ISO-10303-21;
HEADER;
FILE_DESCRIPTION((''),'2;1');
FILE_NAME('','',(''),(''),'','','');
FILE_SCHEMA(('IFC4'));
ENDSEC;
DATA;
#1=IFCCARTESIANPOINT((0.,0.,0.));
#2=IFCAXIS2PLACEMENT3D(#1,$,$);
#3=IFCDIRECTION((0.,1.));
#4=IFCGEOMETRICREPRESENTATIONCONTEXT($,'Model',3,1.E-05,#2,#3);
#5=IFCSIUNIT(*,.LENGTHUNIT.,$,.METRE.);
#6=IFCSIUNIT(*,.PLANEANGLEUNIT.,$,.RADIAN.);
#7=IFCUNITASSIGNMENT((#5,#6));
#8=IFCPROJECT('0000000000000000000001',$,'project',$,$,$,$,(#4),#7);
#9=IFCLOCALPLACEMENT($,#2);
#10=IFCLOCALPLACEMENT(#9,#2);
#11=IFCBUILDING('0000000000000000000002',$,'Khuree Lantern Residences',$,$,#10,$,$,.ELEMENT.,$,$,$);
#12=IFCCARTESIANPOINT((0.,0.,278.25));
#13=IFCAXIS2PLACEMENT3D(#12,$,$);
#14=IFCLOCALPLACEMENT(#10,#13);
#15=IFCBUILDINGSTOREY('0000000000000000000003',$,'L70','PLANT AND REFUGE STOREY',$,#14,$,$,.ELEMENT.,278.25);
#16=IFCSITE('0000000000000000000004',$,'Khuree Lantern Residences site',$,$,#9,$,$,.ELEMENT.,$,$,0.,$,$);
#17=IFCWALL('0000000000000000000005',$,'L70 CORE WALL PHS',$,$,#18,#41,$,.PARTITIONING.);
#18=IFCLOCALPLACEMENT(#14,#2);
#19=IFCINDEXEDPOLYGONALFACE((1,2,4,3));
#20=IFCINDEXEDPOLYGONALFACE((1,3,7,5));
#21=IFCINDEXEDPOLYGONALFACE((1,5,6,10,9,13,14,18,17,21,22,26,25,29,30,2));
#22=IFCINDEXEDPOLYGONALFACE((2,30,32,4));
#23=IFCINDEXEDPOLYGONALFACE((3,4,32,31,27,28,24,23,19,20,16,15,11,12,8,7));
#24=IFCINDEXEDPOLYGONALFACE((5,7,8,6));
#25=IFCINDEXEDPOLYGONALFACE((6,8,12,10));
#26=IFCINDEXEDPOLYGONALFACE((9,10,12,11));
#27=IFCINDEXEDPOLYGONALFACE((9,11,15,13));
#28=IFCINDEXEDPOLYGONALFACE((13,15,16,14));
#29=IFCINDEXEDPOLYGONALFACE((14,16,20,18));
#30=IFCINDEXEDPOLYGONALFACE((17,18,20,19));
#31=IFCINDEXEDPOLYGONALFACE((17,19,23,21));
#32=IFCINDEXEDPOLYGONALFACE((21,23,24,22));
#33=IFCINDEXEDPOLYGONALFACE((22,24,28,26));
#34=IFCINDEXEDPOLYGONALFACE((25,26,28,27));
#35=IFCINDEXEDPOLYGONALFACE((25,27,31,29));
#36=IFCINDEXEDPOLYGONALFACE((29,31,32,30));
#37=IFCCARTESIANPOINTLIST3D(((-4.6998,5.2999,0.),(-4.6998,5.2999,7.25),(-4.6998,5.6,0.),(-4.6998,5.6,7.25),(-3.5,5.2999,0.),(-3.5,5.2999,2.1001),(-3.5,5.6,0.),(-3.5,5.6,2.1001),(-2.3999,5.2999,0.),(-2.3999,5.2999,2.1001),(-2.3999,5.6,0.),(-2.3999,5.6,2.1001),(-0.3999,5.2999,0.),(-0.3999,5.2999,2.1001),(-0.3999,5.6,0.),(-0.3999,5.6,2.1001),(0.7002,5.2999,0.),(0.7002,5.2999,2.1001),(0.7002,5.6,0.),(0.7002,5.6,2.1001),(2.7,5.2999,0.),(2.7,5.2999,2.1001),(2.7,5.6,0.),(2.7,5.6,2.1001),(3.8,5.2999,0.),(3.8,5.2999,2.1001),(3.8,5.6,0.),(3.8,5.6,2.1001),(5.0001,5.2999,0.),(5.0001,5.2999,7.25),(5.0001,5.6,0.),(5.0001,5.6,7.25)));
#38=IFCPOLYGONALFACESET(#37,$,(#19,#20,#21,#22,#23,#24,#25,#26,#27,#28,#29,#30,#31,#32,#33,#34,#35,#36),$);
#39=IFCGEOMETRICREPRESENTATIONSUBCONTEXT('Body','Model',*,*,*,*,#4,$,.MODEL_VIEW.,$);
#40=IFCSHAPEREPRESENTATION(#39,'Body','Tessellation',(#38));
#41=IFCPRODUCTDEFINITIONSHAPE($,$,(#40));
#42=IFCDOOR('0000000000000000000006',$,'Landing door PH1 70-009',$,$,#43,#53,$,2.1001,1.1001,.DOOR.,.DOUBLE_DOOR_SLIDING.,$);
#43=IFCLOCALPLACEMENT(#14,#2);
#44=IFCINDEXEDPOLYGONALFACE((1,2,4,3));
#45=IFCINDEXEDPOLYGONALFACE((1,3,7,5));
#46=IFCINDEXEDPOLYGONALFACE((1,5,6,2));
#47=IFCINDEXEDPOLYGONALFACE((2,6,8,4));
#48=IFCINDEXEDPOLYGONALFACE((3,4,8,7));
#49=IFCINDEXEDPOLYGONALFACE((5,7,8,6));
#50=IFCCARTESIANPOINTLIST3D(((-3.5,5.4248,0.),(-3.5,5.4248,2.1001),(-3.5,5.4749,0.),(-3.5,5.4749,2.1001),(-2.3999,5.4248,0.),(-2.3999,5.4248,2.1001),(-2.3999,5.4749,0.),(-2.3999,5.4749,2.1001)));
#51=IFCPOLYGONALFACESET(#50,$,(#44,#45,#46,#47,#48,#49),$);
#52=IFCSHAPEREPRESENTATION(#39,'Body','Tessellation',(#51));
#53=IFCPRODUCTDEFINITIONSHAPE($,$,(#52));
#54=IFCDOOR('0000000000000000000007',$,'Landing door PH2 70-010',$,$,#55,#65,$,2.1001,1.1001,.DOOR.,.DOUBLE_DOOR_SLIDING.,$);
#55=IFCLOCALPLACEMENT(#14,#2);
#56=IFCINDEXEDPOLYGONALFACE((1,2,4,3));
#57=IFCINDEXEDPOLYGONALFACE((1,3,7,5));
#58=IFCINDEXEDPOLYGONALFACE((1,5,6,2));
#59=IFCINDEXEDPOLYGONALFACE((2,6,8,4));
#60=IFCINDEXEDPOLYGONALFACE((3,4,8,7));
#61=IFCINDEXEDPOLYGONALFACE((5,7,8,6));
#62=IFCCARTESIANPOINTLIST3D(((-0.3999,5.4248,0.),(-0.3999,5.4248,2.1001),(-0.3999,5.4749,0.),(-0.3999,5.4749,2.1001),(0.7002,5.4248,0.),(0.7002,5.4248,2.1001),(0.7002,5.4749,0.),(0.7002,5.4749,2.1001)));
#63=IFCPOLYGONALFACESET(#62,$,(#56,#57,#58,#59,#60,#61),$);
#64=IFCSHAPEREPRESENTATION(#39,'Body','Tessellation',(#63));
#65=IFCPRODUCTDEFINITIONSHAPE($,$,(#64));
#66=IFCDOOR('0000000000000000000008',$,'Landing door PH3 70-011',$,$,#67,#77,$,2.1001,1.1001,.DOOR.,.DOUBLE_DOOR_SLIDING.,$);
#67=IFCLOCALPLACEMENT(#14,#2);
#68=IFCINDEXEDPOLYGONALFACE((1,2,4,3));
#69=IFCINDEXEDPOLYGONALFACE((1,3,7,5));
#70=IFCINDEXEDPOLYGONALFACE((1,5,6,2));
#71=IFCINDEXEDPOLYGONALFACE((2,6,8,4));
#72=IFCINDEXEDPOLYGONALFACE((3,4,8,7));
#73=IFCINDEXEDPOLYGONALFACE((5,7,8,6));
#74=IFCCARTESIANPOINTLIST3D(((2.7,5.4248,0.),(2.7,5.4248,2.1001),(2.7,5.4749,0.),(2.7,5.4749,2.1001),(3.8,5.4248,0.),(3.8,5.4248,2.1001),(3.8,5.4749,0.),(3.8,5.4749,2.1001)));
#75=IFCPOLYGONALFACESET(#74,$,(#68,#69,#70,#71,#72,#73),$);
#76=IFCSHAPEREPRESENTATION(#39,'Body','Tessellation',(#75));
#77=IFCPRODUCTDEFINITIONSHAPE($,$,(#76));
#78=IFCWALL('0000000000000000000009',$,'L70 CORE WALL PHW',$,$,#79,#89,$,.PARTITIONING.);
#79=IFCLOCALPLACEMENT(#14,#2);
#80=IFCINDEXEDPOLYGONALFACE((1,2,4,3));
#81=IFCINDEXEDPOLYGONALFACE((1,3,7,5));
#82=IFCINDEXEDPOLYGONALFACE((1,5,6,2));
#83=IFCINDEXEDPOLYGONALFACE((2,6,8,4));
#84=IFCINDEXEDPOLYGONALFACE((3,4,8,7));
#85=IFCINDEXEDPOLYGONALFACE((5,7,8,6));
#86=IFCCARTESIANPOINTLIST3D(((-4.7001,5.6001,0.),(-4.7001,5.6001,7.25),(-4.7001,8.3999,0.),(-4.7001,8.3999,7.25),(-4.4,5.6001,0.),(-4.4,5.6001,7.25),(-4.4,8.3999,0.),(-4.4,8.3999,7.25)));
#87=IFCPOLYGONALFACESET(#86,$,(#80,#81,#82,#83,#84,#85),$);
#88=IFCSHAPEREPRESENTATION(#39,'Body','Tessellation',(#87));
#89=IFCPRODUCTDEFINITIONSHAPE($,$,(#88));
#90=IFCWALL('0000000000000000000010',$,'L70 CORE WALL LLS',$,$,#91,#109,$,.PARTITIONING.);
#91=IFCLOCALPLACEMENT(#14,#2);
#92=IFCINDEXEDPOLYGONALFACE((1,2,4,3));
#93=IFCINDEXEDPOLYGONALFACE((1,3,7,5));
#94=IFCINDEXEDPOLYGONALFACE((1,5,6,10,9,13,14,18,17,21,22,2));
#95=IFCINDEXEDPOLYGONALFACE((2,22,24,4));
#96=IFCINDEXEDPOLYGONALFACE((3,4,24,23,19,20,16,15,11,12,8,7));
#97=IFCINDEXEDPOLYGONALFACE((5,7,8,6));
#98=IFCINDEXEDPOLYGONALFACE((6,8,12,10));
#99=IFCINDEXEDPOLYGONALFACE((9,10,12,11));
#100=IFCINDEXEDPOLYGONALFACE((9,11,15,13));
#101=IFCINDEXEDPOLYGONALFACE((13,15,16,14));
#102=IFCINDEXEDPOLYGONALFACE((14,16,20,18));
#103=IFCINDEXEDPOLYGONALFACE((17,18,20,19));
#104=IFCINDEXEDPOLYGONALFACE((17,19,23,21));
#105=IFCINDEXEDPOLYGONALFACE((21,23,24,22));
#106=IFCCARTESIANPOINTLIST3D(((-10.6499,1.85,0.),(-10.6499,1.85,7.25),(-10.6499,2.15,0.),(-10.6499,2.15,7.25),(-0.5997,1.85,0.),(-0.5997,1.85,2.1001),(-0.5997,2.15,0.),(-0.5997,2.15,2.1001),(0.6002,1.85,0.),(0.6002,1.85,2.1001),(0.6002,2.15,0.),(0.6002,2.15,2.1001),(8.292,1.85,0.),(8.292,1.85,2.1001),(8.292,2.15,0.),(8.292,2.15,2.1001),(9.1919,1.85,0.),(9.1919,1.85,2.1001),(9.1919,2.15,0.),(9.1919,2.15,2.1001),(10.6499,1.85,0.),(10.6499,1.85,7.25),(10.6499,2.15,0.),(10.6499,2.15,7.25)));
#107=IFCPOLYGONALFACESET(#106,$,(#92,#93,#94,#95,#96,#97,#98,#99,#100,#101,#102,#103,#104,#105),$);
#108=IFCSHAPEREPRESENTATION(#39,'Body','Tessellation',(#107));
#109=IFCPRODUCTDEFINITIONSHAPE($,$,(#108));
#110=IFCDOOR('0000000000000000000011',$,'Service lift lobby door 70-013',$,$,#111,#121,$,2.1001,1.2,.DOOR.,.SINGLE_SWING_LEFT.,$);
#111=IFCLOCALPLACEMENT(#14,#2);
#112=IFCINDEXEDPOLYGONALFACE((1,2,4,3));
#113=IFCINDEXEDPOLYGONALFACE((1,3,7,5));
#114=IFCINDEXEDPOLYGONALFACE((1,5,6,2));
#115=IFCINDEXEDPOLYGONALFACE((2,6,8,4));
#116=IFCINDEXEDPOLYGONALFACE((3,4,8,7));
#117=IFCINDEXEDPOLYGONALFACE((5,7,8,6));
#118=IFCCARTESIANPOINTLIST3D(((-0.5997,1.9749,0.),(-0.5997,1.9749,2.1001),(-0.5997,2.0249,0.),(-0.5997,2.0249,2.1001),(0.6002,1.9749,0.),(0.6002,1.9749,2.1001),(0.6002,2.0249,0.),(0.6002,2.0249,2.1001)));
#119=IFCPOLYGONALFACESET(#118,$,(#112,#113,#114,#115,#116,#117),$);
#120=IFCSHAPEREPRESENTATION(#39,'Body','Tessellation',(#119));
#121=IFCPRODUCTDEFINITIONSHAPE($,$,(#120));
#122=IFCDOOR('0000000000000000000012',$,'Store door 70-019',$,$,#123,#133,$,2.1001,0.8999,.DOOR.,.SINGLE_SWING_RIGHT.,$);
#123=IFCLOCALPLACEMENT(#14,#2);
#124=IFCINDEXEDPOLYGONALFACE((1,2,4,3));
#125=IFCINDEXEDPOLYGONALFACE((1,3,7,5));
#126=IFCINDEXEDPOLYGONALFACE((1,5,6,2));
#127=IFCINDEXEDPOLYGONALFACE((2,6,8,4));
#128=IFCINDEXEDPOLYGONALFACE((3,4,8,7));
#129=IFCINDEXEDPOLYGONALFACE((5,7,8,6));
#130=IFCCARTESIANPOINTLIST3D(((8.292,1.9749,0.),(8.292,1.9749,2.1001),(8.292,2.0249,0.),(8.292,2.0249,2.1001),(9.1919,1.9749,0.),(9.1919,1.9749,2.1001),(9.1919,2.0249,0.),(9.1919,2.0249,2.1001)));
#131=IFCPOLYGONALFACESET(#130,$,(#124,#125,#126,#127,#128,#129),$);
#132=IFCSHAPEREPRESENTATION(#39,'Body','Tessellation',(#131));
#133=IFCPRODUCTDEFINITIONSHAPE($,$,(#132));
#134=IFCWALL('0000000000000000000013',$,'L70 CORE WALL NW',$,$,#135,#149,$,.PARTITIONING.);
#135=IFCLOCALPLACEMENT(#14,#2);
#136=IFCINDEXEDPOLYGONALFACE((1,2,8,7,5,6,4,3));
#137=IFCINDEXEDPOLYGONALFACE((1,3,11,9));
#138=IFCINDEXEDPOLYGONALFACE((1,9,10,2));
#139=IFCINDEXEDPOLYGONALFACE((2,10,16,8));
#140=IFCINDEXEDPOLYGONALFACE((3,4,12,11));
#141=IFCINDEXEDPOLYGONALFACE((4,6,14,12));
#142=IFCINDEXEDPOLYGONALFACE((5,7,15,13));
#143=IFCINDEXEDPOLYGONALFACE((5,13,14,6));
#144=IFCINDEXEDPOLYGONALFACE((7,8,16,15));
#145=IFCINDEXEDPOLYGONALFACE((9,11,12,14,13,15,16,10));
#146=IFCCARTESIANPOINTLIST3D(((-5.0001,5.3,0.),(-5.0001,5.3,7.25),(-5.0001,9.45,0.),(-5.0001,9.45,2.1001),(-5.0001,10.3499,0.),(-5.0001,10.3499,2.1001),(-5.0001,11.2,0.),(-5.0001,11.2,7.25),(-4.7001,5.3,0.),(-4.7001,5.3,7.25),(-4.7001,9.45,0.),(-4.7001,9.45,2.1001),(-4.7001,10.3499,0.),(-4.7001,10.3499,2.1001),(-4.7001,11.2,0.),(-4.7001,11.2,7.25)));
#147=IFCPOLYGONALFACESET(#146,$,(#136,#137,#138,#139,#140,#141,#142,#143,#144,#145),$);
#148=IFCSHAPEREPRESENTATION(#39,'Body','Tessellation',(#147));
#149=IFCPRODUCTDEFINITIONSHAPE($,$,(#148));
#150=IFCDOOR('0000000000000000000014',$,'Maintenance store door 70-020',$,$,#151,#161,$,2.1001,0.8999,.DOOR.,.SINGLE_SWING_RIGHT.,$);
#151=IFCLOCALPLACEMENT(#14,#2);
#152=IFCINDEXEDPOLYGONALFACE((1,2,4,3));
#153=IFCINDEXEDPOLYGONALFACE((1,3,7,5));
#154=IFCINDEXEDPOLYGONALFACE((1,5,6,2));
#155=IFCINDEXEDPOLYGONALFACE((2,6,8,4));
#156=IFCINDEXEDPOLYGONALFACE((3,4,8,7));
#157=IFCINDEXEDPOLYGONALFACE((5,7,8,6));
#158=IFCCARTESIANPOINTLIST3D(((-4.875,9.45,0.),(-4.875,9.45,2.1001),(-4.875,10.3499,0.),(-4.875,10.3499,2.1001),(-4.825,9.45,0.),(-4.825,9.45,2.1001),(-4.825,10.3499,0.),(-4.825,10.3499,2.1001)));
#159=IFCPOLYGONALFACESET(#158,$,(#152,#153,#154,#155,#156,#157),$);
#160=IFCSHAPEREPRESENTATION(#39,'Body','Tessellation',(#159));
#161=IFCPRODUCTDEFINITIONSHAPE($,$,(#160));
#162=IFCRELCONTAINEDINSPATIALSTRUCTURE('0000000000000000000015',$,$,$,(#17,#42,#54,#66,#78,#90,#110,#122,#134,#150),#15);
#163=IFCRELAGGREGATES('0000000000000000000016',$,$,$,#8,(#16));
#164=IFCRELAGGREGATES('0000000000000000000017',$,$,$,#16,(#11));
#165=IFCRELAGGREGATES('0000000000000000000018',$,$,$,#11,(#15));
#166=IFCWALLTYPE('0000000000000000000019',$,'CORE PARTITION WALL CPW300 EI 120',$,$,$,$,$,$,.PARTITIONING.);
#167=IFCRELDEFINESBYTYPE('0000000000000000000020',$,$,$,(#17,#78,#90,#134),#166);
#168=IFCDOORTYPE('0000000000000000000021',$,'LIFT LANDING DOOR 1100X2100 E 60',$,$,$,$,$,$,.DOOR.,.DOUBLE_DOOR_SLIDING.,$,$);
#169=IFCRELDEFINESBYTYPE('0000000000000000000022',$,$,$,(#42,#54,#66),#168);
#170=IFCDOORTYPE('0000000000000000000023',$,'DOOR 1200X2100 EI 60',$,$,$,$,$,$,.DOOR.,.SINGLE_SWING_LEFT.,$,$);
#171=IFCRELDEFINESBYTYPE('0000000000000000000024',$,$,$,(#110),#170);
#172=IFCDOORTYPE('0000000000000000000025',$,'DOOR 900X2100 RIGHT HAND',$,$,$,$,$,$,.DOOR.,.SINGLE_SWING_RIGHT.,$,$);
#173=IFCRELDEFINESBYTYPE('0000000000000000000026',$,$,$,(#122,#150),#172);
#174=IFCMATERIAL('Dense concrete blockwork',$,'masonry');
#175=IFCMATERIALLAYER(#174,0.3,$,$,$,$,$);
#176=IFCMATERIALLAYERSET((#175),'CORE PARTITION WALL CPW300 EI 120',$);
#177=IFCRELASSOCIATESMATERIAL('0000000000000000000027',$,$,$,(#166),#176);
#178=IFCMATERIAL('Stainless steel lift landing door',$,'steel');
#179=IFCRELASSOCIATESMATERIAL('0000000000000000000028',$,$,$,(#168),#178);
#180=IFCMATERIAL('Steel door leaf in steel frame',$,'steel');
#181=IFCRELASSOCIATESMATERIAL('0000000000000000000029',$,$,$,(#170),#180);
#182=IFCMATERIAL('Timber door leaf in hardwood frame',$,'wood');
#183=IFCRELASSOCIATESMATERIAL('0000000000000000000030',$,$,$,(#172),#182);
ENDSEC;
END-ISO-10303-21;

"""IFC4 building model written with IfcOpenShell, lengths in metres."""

from ifc_helpers import new_model, si_unit, direction, frame, frame_2d, origin, place, context, subcontext, project, spatial, rectangle, extrude, material, layer, layer_set, type_object, element, fill, save


model = new_model("IFC4")

# Units and contexts
model_context = context("Model", 3, precision=1e-05, world=origin(), true_north=direction((0.0, 1.0)))
body_context = subcontext(model_context, "Body", "Model", "MODEL_VIEW")
ifc_project = project(units=[si_unit("LENGTHUNIT", "METRE"), si_unit("PLANEANGLEUNIT", "RADIAN")], contexts=[model_context])

# Site, building, storey
site_placement = place(None, origin())
site = spatial("IfcSite", under=ifc_project, at=site_placement, Name="Khuree Lantern Residences site", CompositionType="ELEMENT", RefElevation=0.0)
building_placement = place(site_placement, origin())
building = spatial("IfcBuilding", under=site, at=building_placement, Name="Khuree Lantern Residences", CompositionType="ELEMENT")
storey_placement = place(building_placement, frame((0.0, 0.0, 278.25)))
storey = spatial("IfcBuildingStorey", under=building, at=storey_placement, Name="L70", Description="PLANT AND REFUGE STOREY", CompositionType="ELEMENT", Elevation=278.25)

# Wall, openings, doors
ifc_material_1 = material(Name="Dense concrete blockwork", Category="masonry")
ifc_layer_1 = layer(ifc_material_1, 0.3)
ifc_layer_set_1 = layer_set([ifc_layer_1], Name="CORE PARTITION WALL CPW300 EI 120")
wall_type_1 = type_object("IfcWallType", Name="CORE PARTITION WALL CPW300 EI 120", PredefinedType="PARTITIONING", material=ifc_layer_set_1)
wall_1_placement = place(storey_placement, frame((-4.7, 5.45, 0.0), z_axis=(0.0, 0.0, 1.0), x_axis=(1.0, 0.0, 0.0)))
wall_1 = element("IfcWall", 1, at=wall_1_placement, inside=storey, type_object=wall_type_1, Name="L70 CORE WALL PHS", PredefinedType="PARTITIONING", context=body_context, shape_type="SweptSolid", body=[
    extrude(rectangle(XDim=9.7, YDim=0.3, at=frame_2d((4.8501, 0.0))), origin(), (0.0, 0.0, 1.0), 7.25),
])
opening_1_placement = place(wall_1_placement, frame((1.2, 0.0, 0.0)))
opening_1 = element("IfcOpeningElement", 2, at=opening_1_placement, cuts=wall_1, PredefinedType="OPENING", context=body_context, shape_type="SweptSolid", body=[
    extrude(rectangle(XDim=1.1001, YDim=2.1001, at=frame_2d((0.55, 1.05))), frame((0.0, 0.1602, 0.0), z_axis=(0.0, -1.0, 0.0), x_axis=(1.0, 0.0, 0.0)), (0.0, 0.0, 1.0), 0.3201),
])
opening_2_placement = place(wall_1_placement, frame((4.3, 0.0, 0.0)))
opening_2 = element("IfcOpeningElement", 3, at=opening_2_placement, cuts=wall_1, PredefinedType="OPENING", context=body_context, shape_type="SweptSolid", body=[
    extrude(rectangle(XDim=1.1001, YDim=2.1001, at=frame_2d((0.55, 1.05))), frame((0.0, 0.1602, 0.0), z_axis=(0.0, -1.0, 0.0), x_axis=(1.0, 0.0, 0.0)), (0.0, 0.0, 1.0), 0.3201),
])
opening_3_placement = place(wall_1_placement, frame((7.3999, 0.0, 0.0)))
opening_3 = element("IfcOpeningElement", 4, at=opening_3_placement, cuts=wall_1, PredefinedType="OPENING", context=body_context, shape_type="SweptSolid", body=[
    extrude(rectangle(XDim=1.1001, YDim=2.1001, at=frame_2d((0.55, 1.05))), frame((0.0, 0.1602, 0.0), z_axis=(0.0, -1.0, 0.0), x_axis=(1.0, 0.0, 0.0)), (0.0, 0.0, 1.0), 0.3201),
])
ifc_material_2 = material(Name="Stainless steel lift landing door", Category="steel")
door_type_1 = type_object("IfcDoorType", Name="LIFT LANDING DOOR 1100X2100 E 60", OperationType="DOUBLE_DOOR_SLIDING", PredefinedType="DOOR", material=ifc_material_2)
door_1_placement = place(opening_1_placement, origin())
door_1 = element("IfcDoor", 5, at=door_1_placement, inside=storey, type_object=door_type_1, Name="Landing door PH1 70-009", OperationType="DOUBLE_DOOR_SLIDING", OverallHeight=2.1001, OverallWidth=1.1001, PredefinedType="DOOR", context=body_context, shape_type="SweptSolid", body=[
    extrude(rectangle(XDim=1.1001, YDim=2.1001, at=frame_2d((0.55, 1.05))), frame((0.0, 0.0249, 0.0), z_axis=(0.0, -1.0, 0.0), x_axis=(1.0, 0.0, 0.0)), (0.0, 0.0, 1.0), 0.05),
])
fill(opening_1, door_1)
door_2_placement = place(opening_2_placement, origin())
door_2 = element("IfcDoor", 6, at=door_2_placement, inside=storey, type_object=door_type_1, Name="Landing door PH2 70-010", OperationType="DOUBLE_DOOR_SLIDING", OverallHeight=2.1001, OverallWidth=1.1001, PredefinedType="DOOR", context=body_context, shape_type="SweptSolid", body=[
    extrude(rectangle(XDim=1.1001, YDim=2.1001, at=frame_2d((0.55, 1.05))), frame((0.0, 0.0249, 0.0), z_axis=(0.0, -1.0, 0.0), x_axis=(1.0, 0.0, 0.0)), (0.0, 0.0, 1.0), 0.05),
])
fill(opening_2, door_2)
door_3_placement = place(opening_3_placement, origin())
door_3 = element("IfcDoor", 7, at=door_3_placement, inside=storey, type_object=door_type_1, Name="Landing door PH3 70-011", OperationType="DOUBLE_DOOR_SLIDING", OverallHeight=2.1001, OverallWidth=1.1001, PredefinedType="DOOR", context=body_context, shape_type="SweptSolid", body=[
    extrude(rectangle(XDim=1.1001, YDim=2.1001, at=frame_2d((0.55, 1.05))), frame((0.0, 0.0249, 0.0), z_axis=(0.0, -1.0, 0.0), x_axis=(1.0, 0.0, 0.0)), (0.0, 0.0, 1.0), 0.05),
])
fill(opening_3, door_3)

# Wall
wall_2_placement = place(storey_placement, frame((-4.55, 5.6001, 0.0), z_axis=(0.0, 0.0, 1.0), x_axis=(0.0, 1.0, 0.0)))
element("IfcWall", 8, at=wall_2_placement, inside=storey, type_object=wall_type_1, Name="L70 CORE WALL PHW", PredefinedType="PARTITIONING", context=body_context, shape_type="SweptSolid", body=[
    extrude(rectangle(XDim=2.7998, YDim=0.3, at=frame_2d((1.3999, 0.0))), origin(), (0.0, 0.0, 1.0), 7.25),
])

# Wall, openings, doors
wall_3_placement = place(storey_placement, frame((-10.6499, 2.0, 0.0), z_axis=(0.0, 0.0, 1.0), x_axis=(1.0, 0.0, 0.0)))
wall_3 = element("IfcWall", 9, at=wall_3_placement, inside=storey, type_object=wall_type_1, Name="L70 CORE WALL LLS", PredefinedType="PARTITIONING", context=body_context, shape_type="SweptSolid", body=[
    extrude(rectangle(XDim=21.2998, YDim=0.3, at=frame_2d((10.6499, 0.0))), origin(), (0.0, 0.0, 1.0), 7.25),
])
opening_4_placement = place(wall_3_placement, frame((10.05, 0.0, 0.0)))
opening_4 = element("IfcOpeningElement", 10, at=opening_4_placement, cuts=wall_3, PredefinedType="OPENING", context=body_context, shape_type="SweptSolid", body=[
    extrude(rectangle(XDim=1.2, YDim=2.1001, at=frame_2d((0.6001, 1.05))), frame((0.0, 0.1602, 0.0), z_axis=(0.0, -1.0, 0.0), x_axis=(1.0, 0.0, 0.0)), (0.0, 0.0, 1.0), 0.3201),
])
opening_5_placement = place(wall_3_placement, frame((18.9419, 0.0, 0.0)))
opening_5 = element("IfcOpeningElement", 11, at=opening_5_placement, cuts=wall_3, PredefinedType="OPENING", context=body_context, shape_type="SweptSolid", body=[
    extrude(rectangle(XDim=0.8999, YDim=2.1001, at=frame_2d((0.45, 1.05))), frame((0.0, 0.1602, 0.0), z_axis=(0.0, -1.0, 0.0), x_axis=(1.0, 0.0, 0.0)), (0.0, 0.0, 1.0), 0.3201),
])
ifc_material_3 = material(Name="Steel door leaf in steel frame", Category="steel")
door_type_2 = type_object("IfcDoorType", Name="DOOR 1200X2100 EI 60", OperationType="SINGLE_SWING_LEFT", PredefinedType="DOOR", material=ifc_material_3)
door_4_placement = place(opening_4_placement, origin())
door_4 = element("IfcDoor", 12, at=door_4_placement, inside=storey, type_object=door_type_2, Name="Service lift lobby door 70-013", OperationType="SINGLE_SWING_LEFT", OverallHeight=2.1001, OverallWidth=1.2, PredefinedType="DOOR", context=body_context, shape_type="SweptSolid", body=[
    extrude(rectangle(XDim=1.2, YDim=2.1001, at=frame_2d((0.6001, 1.05))), frame((0.0, 0.0249, 0.0), z_axis=(0.0, -1.0, 0.0), x_axis=(1.0, 0.0, 0.0)), (0.0, 0.0, 1.0), 0.05),
])
fill(opening_4, door_4)
ifc_material_4 = material(Name="Timber door leaf in hardwood frame", Category="wood")
door_type_3 = type_object("IfcDoorType", Name="DOOR 900X2100 RIGHT HAND", OperationType="SINGLE_SWING_RIGHT", PredefinedType="DOOR", material=ifc_material_4)
door_5_placement = place(opening_5_placement, origin())
door_5 = element("IfcDoor", 13, at=door_5_placement, inside=storey, type_object=door_type_3, Name="Store door 70-019", OperationType="SINGLE_SWING_RIGHT", OverallHeight=2.1001, OverallWidth=0.8999, PredefinedType="DOOR", context=body_context, shape_type="SweptSolid", body=[
    extrude(rectangle(XDim=0.8999, YDim=2.1001, at=frame_2d((0.45, 1.05))), frame((0.0, 0.0249, 0.0), z_axis=(0.0, -1.0, 0.0), x_axis=(1.0, 0.0, 0.0)), (0.0, 0.0, 1.0), 0.05),
])
fill(opening_5, door_5)

# Wall, opening, door
wall_4_placement = place(storey_placement, frame((-4.8501, 5.3, 0.0), z_axis=(0.0, 0.0, 1.0), x_axis=(0.0, 1.0, 0.0)))
wall_4 = element("IfcWall", 14, at=wall_4_placement, inside=storey, type_object=wall_type_1, Name="L70 CORE WALL NW", PredefinedType="PARTITIONING", context=body_context, shape_type="SweptSolid", body=[
    extrude(rectangle(XDim=5.8999, YDim=0.3, at=frame_2d((2.95, 0.0))), origin(), (0.0, 0.0, 1.0), 7.25),
])
opening_6_placement = place(wall_4_placement, frame((4.1499, 0.0, 0.0)))
opening_6 = element("IfcOpeningElement", 15, at=opening_6_placement, cuts=wall_4, PredefinedType="OPENING", context=body_context, shape_type="SweptSolid", body=[
    extrude(rectangle(XDim=0.8999, YDim=2.1001, at=frame_2d((0.45, 1.05))), frame((0.0, 0.1602, 0.0), z_axis=(0.0, -1.0, 0.0), x_axis=(1.0, 0.0, 0.0)), (0.0, 0.0, 1.0), 0.3201),
])
door_6_placement = place(opening_6_placement, origin())
door_6 = element("IfcDoor", 16, at=door_6_placement, inside=storey, type_object=door_type_3, Name="Maintenance store door 70-020", OperationType="SINGLE_SWING_RIGHT", OverallHeight=2.1001, OverallWidth=0.8999, PredefinedType="DOOR", context=body_context, shape_type="SweptSolid", body=[
    extrude(rectangle(XDim=0.8999, YDim=2.1001, at=frame_2d((0.45, 1.05))), frame((0.0, 0.0249, 0.0), z_axis=(0.0, -1.0, 0.0), x_axis=(1.0, 0.0, 0.0)), (0.0, 0.0, 1.0), 0.05),
])
fill(opening_6, door_6)

save(model, "model.ifc")
